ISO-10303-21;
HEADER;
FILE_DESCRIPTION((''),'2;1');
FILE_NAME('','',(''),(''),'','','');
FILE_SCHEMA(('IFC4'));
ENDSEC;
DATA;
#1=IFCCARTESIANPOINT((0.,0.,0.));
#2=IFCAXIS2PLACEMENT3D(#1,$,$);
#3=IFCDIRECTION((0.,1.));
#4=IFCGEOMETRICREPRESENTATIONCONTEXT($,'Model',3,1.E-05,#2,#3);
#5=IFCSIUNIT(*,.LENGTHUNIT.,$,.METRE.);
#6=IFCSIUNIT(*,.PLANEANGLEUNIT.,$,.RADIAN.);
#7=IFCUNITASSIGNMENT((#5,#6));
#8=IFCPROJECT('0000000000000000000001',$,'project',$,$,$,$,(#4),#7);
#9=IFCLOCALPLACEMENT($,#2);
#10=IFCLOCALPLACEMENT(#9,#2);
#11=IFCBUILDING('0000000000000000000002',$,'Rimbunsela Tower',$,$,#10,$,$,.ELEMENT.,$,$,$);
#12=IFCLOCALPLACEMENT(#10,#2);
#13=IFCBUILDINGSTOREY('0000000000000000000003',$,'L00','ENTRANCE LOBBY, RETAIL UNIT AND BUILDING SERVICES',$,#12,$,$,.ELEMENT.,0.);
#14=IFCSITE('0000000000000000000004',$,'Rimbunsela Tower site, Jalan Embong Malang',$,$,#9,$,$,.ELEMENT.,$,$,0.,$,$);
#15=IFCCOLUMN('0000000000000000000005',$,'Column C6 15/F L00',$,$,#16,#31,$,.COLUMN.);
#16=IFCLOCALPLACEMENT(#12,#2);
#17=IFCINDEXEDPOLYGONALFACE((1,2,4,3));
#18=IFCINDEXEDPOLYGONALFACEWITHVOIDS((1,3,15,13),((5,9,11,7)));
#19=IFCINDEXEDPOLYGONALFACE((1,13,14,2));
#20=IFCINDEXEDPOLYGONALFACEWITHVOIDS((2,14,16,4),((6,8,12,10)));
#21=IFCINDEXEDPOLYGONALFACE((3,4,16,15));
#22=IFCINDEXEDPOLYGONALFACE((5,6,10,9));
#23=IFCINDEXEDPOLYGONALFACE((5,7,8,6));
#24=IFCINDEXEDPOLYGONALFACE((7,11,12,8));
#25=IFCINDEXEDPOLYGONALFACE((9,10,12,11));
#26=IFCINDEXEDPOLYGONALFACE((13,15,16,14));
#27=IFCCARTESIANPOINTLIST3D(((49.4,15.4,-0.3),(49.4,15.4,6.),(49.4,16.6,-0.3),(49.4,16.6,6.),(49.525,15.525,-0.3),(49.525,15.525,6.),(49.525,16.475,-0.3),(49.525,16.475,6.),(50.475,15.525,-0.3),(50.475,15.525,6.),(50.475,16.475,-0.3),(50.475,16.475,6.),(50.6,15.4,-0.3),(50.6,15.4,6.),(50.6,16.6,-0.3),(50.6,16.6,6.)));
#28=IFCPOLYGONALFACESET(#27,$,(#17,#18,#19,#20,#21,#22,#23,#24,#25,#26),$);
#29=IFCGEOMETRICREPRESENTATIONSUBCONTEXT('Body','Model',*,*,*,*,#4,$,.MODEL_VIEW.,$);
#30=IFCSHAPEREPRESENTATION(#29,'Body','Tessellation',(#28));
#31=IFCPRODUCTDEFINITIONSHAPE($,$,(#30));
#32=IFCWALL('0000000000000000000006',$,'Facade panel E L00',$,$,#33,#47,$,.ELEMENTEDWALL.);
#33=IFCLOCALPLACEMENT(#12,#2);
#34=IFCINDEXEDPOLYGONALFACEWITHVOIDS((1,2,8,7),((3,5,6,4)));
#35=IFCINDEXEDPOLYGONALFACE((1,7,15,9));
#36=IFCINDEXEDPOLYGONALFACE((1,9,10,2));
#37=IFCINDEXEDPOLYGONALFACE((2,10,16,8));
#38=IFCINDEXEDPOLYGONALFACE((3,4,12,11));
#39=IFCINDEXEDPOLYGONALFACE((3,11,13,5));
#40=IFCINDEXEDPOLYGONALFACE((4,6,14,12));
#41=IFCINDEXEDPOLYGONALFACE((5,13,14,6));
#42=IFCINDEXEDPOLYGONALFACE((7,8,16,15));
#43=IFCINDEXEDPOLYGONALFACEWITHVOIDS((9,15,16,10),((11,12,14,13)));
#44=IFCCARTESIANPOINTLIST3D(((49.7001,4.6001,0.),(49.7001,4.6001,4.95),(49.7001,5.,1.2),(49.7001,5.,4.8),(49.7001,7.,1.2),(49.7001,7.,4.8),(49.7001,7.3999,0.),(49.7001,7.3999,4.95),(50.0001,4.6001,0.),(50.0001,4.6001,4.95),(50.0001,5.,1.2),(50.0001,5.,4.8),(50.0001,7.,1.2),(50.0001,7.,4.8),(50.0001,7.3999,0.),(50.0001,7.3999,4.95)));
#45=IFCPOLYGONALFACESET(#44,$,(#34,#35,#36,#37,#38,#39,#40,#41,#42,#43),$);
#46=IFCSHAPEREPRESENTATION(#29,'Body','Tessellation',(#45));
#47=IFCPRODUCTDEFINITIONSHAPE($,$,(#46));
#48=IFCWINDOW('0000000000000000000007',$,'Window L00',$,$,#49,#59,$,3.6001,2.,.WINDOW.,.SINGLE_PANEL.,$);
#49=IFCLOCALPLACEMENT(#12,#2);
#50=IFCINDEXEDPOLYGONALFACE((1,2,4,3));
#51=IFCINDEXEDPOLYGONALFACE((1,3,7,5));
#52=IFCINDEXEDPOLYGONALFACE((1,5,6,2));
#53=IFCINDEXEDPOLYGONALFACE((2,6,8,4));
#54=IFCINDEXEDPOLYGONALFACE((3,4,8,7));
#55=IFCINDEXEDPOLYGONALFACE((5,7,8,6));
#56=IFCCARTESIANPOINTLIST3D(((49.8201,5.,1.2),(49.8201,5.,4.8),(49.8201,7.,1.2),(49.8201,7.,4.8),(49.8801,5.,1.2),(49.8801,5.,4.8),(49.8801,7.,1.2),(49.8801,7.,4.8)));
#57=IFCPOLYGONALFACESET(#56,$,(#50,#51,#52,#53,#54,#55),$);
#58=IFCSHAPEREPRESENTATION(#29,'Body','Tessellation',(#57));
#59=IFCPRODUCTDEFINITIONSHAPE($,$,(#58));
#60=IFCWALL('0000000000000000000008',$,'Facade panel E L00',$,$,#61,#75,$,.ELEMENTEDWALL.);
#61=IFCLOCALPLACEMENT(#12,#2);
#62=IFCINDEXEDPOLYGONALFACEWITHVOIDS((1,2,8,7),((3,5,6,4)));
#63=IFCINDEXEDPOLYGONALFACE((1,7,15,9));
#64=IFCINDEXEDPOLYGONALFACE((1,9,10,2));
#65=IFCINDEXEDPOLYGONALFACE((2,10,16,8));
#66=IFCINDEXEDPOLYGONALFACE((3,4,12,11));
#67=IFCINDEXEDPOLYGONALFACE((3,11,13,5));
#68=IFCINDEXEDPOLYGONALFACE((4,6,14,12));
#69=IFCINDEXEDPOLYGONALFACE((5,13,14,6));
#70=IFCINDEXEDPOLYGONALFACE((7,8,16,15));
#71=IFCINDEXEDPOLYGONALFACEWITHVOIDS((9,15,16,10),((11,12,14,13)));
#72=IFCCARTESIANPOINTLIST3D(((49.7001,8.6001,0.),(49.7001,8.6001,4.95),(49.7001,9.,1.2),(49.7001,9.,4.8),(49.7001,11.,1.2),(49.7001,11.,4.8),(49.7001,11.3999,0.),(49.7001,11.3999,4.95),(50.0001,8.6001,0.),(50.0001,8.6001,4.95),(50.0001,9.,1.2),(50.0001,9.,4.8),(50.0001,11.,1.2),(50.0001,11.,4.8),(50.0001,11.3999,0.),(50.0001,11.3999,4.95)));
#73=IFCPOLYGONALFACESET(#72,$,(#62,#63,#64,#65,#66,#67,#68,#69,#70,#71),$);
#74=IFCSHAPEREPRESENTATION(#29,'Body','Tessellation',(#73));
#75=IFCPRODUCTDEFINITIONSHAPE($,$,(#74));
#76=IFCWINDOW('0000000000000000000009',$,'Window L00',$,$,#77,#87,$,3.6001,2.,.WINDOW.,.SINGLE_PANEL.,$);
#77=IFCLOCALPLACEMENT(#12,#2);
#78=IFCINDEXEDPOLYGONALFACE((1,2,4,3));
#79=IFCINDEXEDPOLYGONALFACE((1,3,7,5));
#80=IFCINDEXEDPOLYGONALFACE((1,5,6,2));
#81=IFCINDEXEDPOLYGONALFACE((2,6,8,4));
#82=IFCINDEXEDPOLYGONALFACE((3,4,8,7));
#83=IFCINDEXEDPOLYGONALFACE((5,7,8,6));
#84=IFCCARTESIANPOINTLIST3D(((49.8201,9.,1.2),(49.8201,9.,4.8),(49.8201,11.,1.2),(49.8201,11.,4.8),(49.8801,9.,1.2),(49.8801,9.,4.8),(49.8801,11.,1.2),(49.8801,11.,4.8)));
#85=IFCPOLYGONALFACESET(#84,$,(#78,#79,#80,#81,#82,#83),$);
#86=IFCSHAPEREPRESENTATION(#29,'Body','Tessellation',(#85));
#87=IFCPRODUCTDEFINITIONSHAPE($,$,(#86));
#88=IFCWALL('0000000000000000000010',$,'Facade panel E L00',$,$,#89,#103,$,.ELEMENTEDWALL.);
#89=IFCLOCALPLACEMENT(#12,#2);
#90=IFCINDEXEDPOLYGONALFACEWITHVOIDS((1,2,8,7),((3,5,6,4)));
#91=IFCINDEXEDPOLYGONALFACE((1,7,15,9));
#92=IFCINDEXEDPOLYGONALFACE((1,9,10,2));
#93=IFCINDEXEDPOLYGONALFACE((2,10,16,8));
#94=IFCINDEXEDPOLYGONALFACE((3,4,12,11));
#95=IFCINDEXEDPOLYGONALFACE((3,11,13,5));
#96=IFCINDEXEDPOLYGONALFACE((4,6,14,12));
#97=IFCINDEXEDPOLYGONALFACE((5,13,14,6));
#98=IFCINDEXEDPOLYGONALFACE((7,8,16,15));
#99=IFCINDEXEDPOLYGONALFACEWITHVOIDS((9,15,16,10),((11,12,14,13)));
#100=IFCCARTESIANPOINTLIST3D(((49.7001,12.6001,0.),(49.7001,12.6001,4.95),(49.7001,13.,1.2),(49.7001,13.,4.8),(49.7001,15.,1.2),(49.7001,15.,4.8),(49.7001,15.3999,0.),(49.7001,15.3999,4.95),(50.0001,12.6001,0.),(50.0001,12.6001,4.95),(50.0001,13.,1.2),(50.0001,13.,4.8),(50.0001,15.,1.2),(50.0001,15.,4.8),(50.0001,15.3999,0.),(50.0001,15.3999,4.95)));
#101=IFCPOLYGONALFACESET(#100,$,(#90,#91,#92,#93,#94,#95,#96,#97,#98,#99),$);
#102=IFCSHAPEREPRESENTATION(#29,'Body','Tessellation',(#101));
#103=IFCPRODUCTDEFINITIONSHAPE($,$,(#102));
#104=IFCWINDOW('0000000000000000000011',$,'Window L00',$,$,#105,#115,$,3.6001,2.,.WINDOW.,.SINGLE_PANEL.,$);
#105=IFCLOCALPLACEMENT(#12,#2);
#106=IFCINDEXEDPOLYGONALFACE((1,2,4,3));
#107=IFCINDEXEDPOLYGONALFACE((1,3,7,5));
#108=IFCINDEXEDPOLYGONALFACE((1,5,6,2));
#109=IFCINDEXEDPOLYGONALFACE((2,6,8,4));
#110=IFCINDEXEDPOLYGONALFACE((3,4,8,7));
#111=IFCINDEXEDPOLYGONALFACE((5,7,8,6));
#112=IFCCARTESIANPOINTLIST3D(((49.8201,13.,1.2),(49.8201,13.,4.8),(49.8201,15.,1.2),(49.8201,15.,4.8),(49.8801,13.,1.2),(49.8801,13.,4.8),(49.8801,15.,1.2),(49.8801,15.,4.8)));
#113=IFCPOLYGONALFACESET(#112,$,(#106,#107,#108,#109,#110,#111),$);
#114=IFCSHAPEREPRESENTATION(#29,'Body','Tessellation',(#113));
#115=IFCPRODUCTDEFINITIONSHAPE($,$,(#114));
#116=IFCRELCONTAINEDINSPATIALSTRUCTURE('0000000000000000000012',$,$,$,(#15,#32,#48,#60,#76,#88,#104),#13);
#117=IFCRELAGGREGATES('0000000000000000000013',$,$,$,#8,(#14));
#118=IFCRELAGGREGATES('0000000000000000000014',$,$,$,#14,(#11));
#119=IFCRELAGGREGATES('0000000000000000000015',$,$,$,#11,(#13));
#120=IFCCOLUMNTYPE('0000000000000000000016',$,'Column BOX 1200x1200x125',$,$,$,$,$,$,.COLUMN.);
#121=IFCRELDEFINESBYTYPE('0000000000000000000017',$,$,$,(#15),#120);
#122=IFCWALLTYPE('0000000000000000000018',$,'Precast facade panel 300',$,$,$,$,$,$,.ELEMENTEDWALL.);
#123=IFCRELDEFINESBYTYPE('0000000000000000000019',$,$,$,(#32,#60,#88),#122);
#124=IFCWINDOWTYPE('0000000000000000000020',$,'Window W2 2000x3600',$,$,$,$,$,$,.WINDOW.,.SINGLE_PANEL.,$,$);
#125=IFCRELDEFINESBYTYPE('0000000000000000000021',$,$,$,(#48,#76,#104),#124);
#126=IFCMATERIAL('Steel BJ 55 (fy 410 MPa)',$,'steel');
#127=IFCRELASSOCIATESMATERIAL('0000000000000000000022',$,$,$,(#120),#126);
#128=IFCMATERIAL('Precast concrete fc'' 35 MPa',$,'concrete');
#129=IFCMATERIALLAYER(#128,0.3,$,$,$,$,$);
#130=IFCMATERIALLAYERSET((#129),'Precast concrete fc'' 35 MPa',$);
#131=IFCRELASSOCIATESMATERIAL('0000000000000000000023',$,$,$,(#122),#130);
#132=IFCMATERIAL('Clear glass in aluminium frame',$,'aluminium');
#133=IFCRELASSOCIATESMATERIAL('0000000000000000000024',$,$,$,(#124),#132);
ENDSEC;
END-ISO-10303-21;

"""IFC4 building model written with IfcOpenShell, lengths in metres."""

from ifc_helpers import new_model, si_unit, direction, frame, frame_2d, origin, origin_2d, place, context, subcontext, project, spatial, rectangle, hollow_rectangle, extrude, material, layer, layer_set, material_profile, profile_set, type_object, element, fill, save


model = new_model("IFC4")

# Units and contexts
model_context = context("Model", 3, precision=1e-05, world=origin(), true_north=direction((0.0, 1.0)))
body_context = subcontext(model_context, "Body", "Model", "MODEL_VIEW")
ifc_project = project(units=[si_unit("LENGTHUNIT", "METRE"), si_unit("PLANEANGLEUNIT", "RADIAN")], contexts=[model_context])

# Site, building, storey
site_placement = place(None, origin())
site = spatial("IfcSite", under=ifc_project, at=site_placement, Name="Rimbunsela Tower site, Jalan Embong Malang", CompositionType="ELEMENT", RefElevation=0.0)
building_placement = place(site_placement, origin())
building = spatial("IfcBuilding", under=site, at=building_placement, Name="Rimbunsela Tower", CompositionType="ELEMENT")
storey_placement = place(building_placement, origin())
storey = spatial("IfcBuildingStorey", under=building, at=storey_placement, Name="L00", Description="ENTRANCE LOBBY, RETAIL UNIT AND BUILDING SERVICES", CompositionType="ELEMENT", Elevation=0.0)

# Column
ifc_material_1 = material(Name="Steel BJ 55 (fy 410 MPa)", Category="steel")
ifc_material_profile_1 = material_profile(ifc_material_1, hollow_rectangle(XDim=1.2, YDim=1.2, WallThickness=0.125, at=origin_2d()), Name="BOX 1200x1200x125")
ifc_profile_set_1 = profile_set([ifc_material_profile_1], Name="Steel BJ 55 (fy 410 MPa)")
column_type = type_object("IfcColumnType", Name="Column BOX 1200x1200x125", PredefinedType="COLUMN", material=ifc_profile_set_1)
for number, where, z_axis, x_axis, name in (
    (1, (50.0, 16.0, -0.3), (0.0, 0.0, 1.0), (1.0, 0.0, 0.0), "Column C6 15/F L00"),
):
    element("IfcColumn", number, at=place(storey_placement, frame(where, z_axis=z_axis, x_axis=x_axis)), inside=storey, type_object=column_type, Name=name, PredefinedType="COLUMN", context=body_context, shape_type="SweptSolid", body=[
        extrude(hollow_rectangle(XDim=1.2, YDim=1.2, WallThickness=0.125, at=origin_2d()), origin(), (0.0, 0.0, 1.0), 6.3),
    ])

# Walls, openings, windows
ifc_material_2 = material(Name="Precast concrete fc' 35 MPa", Category="concrete")
ifc_layer = layer(ifc_material_2, 0.3)
ifc_layer_set = layer_set([ifc_layer], Name="Precast concrete fc' 35 MPa")
wall_type = type_object("IfcWallType", Name="Precast facade panel 300", PredefinedType="ELEMENTEDWALL", material=ifc_layer_set)
wall_1_placement = place(storey_placement, frame((49.8501, 4.6001, 0.0), z_axis=(0.0, 0.0, 1.0), x_axis=(0.0, 1.0, 0.0)))
wall_1 = element("IfcWall", 2, at=wall_1_placement, inside=storey, type_object=wall_type, Name="Facade panel E L00", PredefinedType="ELEMENTEDWALL", context=body_context, shape_type="SweptSolid", body=[
    extrude(rectangle(XDim=2.7998, YDim=0.3, at=frame_2d((1.3999, 0.0))), origin(), (0.0, 0.0, 1.0), 4.95),
])
opening_1_placement = place(wall_1_placement, frame((0.3999, 0.0, 1.2)))
opening_1 = element("IfcOpeningElement", 3, at=opening_1_placement, cuts=wall_1, PredefinedType="OPENING", context=body_context, shape_type="SweptSolid", body=[
    extrude(rectangle(XDim=2.0, YDim=3.6001, at=frame_2d((1.0, 1.8))), frame((0.0, 0.1599, 0.0), z_axis=(0.0, -1.0, 0.0), x_axis=(1.0, 0.0, 0.0)), (0.0, 0.0, 1.0), 0.3201),
])
ifc_material_3 = material(Name="Clear glass in aluminium frame", Category="aluminium")
window_type = type_object("IfcWindowType", Name="Window W2 2000x3600", PartitioningType="SINGLE_PANEL", PredefinedType="WINDOW", material=ifc_material_3)
window_1_placement = place(opening_1_placement, origin())
window_1 = element("IfcWindow", 4, at=window_1_placement, inside=storey, type_object=window_type, Name="Window L00", OverallHeight=3.6001, OverallWidth=2.0, PartitioningType="SINGLE_PANEL", PredefinedType="WINDOW", context=body_context, shape_type="SweptSolid", body=[
    extrude(rectangle(XDim=2.0, YDim=3.6001, at=frame_2d((1.0, 1.8))), frame((0.0, 0.03, 0.0), z_axis=(0.0, -1.0, 0.0), x_axis=(1.0, 0.0, 0.0)), (0.0, 0.0, 1.0), 0.0601),
])
fill(opening_1, window_1)
wall_2_placement = place(storey_placement, frame((49.8501, 8.6001, 0.0), z_axis=(0.0, 0.0, 1.0), x_axis=(0.0, 1.0, 0.0)))
wall_2 = element("IfcWall", 5, at=wall_2_placement, inside=storey, type_object=wall_type, Name="Facade panel E L00", PredefinedType="ELEMENTEDWALL", context=body_context, shape_type="SweptSolid", body=[
    extrude(rectangle(XDim=2.7998, YDim=0.3, at=frame_2d((1.3999, 0.0))), origin(), (0.0, 0.0, 1.0), 4.95),
])
opening_2_placement = place(wall_2_placement, frame((0.3999, 0.0, 1.2)))
opening_2 = element("IfcOpeningElement", 6, at=opening_2_placement, cuts=wall_2, PredefinedType="OPENING", context=body_context, shape_type="SweptSolid", body=[
    extrude(rectangle(XDim=2.0, YDim=3.6001, at=frame_2d((1.0, 1.8))), frame((0.0, 0.1599, 0.0), z_axis=(0.0, -1.0, 0.0), x_axis=(1.0, 0.0, 0.0)), (0.0, 0.0, 1.0), 0.3201),
])
window_2_placement = place(opening_2_placement, origin())
window_2 = element("IfcWindow", 7, at=window_2_placement, inside=storey, type_object=window_type, Name="Window L00", OverallHeight=3.6001, OverallWidth=2.0, PartitioningType="SINGLE_PANEL", PredefinedType="WINDOW", context=body_context, shape_type="SweptSolid", body=[
    extrude(rectangle(XDim=2.0, YDim=3.6001, at=frame_2d((1.0, 1.8))), frame((0.0, 0.03, 0.0), z_axis=(0.0, -1.0, 0.0), x_axis=(1.0, 0.0, 0.0)), (0.0, 0.0, 1.0), 0.0601),
])
fill(opening_2, window_2)
wall_3_placement = place(storey_placement, frame((49.8501, 12.6001, 0.0), z_axis=(0.0, 0.0, 1.0), x_axis=(0.0, 1.0, 0.0)))
wall_3 = element("IfcWall", 8, at=wall_3_placement, inside=storey, type_object=wall_type, Name="Facade panel E L00", PredefinedType="ELEMENTEDWALL", context=body_context, shape_type="SweptSolid", body=[
    extrude(rectangle(XDim=2.7998, YDim=0.3, at=frame_2d((1.3999, 0.0))), origin(), (0.0, 0.0, 1.0), 4.95),
])
opening_3_placement = place(wall_3_placement, frame((0.3999, 0.0, 1.2)))
opening_3 = element("IfcOpeningElement", 9, at=opening_3_placement, cuts=wall_3, PredefinedType="OPENING", context=body_context, shape_type="SweptSolid", body=[
    extrude(rectangle(XDim=2.0, YDim=3.6001, at=frame_2d((1.0, 1.8))), frame((0.0, 0.1599, 0.0), z_axis=(0.0, -1.0, 0.0), x_axis=(1.0, 0.0, 0.0)), (0.0, 0.0, 1.0), 0.3201),
])
window_3_placement = place(opening_3_placement, origin())
window_3 = element("IfcWindow", 10, at=window_3_placement, inside=storey, type_object=window_type, Name="Window L00", OverallHeight=3.6001, OverallWidth=2.0, PartitioningType="SINGLE_PANEL", PredefinedType="WINDOW", context=body_context, shape_type="SweptSolid", body=[
    extrude(rectangle(XDim=2.0, YDim=3.6001, at=frame_2d((1.0, 1.8))), frame((0.0, 0.03, 0.0), z_axis=(0.0, -1.0, 0.0), x_axis=(1.0, 0.0, 0.0)), (0.0, 0.0, 1.0), 0.0601),
])
fill(opening_3, window_3)

save(model, "model.ifc")
